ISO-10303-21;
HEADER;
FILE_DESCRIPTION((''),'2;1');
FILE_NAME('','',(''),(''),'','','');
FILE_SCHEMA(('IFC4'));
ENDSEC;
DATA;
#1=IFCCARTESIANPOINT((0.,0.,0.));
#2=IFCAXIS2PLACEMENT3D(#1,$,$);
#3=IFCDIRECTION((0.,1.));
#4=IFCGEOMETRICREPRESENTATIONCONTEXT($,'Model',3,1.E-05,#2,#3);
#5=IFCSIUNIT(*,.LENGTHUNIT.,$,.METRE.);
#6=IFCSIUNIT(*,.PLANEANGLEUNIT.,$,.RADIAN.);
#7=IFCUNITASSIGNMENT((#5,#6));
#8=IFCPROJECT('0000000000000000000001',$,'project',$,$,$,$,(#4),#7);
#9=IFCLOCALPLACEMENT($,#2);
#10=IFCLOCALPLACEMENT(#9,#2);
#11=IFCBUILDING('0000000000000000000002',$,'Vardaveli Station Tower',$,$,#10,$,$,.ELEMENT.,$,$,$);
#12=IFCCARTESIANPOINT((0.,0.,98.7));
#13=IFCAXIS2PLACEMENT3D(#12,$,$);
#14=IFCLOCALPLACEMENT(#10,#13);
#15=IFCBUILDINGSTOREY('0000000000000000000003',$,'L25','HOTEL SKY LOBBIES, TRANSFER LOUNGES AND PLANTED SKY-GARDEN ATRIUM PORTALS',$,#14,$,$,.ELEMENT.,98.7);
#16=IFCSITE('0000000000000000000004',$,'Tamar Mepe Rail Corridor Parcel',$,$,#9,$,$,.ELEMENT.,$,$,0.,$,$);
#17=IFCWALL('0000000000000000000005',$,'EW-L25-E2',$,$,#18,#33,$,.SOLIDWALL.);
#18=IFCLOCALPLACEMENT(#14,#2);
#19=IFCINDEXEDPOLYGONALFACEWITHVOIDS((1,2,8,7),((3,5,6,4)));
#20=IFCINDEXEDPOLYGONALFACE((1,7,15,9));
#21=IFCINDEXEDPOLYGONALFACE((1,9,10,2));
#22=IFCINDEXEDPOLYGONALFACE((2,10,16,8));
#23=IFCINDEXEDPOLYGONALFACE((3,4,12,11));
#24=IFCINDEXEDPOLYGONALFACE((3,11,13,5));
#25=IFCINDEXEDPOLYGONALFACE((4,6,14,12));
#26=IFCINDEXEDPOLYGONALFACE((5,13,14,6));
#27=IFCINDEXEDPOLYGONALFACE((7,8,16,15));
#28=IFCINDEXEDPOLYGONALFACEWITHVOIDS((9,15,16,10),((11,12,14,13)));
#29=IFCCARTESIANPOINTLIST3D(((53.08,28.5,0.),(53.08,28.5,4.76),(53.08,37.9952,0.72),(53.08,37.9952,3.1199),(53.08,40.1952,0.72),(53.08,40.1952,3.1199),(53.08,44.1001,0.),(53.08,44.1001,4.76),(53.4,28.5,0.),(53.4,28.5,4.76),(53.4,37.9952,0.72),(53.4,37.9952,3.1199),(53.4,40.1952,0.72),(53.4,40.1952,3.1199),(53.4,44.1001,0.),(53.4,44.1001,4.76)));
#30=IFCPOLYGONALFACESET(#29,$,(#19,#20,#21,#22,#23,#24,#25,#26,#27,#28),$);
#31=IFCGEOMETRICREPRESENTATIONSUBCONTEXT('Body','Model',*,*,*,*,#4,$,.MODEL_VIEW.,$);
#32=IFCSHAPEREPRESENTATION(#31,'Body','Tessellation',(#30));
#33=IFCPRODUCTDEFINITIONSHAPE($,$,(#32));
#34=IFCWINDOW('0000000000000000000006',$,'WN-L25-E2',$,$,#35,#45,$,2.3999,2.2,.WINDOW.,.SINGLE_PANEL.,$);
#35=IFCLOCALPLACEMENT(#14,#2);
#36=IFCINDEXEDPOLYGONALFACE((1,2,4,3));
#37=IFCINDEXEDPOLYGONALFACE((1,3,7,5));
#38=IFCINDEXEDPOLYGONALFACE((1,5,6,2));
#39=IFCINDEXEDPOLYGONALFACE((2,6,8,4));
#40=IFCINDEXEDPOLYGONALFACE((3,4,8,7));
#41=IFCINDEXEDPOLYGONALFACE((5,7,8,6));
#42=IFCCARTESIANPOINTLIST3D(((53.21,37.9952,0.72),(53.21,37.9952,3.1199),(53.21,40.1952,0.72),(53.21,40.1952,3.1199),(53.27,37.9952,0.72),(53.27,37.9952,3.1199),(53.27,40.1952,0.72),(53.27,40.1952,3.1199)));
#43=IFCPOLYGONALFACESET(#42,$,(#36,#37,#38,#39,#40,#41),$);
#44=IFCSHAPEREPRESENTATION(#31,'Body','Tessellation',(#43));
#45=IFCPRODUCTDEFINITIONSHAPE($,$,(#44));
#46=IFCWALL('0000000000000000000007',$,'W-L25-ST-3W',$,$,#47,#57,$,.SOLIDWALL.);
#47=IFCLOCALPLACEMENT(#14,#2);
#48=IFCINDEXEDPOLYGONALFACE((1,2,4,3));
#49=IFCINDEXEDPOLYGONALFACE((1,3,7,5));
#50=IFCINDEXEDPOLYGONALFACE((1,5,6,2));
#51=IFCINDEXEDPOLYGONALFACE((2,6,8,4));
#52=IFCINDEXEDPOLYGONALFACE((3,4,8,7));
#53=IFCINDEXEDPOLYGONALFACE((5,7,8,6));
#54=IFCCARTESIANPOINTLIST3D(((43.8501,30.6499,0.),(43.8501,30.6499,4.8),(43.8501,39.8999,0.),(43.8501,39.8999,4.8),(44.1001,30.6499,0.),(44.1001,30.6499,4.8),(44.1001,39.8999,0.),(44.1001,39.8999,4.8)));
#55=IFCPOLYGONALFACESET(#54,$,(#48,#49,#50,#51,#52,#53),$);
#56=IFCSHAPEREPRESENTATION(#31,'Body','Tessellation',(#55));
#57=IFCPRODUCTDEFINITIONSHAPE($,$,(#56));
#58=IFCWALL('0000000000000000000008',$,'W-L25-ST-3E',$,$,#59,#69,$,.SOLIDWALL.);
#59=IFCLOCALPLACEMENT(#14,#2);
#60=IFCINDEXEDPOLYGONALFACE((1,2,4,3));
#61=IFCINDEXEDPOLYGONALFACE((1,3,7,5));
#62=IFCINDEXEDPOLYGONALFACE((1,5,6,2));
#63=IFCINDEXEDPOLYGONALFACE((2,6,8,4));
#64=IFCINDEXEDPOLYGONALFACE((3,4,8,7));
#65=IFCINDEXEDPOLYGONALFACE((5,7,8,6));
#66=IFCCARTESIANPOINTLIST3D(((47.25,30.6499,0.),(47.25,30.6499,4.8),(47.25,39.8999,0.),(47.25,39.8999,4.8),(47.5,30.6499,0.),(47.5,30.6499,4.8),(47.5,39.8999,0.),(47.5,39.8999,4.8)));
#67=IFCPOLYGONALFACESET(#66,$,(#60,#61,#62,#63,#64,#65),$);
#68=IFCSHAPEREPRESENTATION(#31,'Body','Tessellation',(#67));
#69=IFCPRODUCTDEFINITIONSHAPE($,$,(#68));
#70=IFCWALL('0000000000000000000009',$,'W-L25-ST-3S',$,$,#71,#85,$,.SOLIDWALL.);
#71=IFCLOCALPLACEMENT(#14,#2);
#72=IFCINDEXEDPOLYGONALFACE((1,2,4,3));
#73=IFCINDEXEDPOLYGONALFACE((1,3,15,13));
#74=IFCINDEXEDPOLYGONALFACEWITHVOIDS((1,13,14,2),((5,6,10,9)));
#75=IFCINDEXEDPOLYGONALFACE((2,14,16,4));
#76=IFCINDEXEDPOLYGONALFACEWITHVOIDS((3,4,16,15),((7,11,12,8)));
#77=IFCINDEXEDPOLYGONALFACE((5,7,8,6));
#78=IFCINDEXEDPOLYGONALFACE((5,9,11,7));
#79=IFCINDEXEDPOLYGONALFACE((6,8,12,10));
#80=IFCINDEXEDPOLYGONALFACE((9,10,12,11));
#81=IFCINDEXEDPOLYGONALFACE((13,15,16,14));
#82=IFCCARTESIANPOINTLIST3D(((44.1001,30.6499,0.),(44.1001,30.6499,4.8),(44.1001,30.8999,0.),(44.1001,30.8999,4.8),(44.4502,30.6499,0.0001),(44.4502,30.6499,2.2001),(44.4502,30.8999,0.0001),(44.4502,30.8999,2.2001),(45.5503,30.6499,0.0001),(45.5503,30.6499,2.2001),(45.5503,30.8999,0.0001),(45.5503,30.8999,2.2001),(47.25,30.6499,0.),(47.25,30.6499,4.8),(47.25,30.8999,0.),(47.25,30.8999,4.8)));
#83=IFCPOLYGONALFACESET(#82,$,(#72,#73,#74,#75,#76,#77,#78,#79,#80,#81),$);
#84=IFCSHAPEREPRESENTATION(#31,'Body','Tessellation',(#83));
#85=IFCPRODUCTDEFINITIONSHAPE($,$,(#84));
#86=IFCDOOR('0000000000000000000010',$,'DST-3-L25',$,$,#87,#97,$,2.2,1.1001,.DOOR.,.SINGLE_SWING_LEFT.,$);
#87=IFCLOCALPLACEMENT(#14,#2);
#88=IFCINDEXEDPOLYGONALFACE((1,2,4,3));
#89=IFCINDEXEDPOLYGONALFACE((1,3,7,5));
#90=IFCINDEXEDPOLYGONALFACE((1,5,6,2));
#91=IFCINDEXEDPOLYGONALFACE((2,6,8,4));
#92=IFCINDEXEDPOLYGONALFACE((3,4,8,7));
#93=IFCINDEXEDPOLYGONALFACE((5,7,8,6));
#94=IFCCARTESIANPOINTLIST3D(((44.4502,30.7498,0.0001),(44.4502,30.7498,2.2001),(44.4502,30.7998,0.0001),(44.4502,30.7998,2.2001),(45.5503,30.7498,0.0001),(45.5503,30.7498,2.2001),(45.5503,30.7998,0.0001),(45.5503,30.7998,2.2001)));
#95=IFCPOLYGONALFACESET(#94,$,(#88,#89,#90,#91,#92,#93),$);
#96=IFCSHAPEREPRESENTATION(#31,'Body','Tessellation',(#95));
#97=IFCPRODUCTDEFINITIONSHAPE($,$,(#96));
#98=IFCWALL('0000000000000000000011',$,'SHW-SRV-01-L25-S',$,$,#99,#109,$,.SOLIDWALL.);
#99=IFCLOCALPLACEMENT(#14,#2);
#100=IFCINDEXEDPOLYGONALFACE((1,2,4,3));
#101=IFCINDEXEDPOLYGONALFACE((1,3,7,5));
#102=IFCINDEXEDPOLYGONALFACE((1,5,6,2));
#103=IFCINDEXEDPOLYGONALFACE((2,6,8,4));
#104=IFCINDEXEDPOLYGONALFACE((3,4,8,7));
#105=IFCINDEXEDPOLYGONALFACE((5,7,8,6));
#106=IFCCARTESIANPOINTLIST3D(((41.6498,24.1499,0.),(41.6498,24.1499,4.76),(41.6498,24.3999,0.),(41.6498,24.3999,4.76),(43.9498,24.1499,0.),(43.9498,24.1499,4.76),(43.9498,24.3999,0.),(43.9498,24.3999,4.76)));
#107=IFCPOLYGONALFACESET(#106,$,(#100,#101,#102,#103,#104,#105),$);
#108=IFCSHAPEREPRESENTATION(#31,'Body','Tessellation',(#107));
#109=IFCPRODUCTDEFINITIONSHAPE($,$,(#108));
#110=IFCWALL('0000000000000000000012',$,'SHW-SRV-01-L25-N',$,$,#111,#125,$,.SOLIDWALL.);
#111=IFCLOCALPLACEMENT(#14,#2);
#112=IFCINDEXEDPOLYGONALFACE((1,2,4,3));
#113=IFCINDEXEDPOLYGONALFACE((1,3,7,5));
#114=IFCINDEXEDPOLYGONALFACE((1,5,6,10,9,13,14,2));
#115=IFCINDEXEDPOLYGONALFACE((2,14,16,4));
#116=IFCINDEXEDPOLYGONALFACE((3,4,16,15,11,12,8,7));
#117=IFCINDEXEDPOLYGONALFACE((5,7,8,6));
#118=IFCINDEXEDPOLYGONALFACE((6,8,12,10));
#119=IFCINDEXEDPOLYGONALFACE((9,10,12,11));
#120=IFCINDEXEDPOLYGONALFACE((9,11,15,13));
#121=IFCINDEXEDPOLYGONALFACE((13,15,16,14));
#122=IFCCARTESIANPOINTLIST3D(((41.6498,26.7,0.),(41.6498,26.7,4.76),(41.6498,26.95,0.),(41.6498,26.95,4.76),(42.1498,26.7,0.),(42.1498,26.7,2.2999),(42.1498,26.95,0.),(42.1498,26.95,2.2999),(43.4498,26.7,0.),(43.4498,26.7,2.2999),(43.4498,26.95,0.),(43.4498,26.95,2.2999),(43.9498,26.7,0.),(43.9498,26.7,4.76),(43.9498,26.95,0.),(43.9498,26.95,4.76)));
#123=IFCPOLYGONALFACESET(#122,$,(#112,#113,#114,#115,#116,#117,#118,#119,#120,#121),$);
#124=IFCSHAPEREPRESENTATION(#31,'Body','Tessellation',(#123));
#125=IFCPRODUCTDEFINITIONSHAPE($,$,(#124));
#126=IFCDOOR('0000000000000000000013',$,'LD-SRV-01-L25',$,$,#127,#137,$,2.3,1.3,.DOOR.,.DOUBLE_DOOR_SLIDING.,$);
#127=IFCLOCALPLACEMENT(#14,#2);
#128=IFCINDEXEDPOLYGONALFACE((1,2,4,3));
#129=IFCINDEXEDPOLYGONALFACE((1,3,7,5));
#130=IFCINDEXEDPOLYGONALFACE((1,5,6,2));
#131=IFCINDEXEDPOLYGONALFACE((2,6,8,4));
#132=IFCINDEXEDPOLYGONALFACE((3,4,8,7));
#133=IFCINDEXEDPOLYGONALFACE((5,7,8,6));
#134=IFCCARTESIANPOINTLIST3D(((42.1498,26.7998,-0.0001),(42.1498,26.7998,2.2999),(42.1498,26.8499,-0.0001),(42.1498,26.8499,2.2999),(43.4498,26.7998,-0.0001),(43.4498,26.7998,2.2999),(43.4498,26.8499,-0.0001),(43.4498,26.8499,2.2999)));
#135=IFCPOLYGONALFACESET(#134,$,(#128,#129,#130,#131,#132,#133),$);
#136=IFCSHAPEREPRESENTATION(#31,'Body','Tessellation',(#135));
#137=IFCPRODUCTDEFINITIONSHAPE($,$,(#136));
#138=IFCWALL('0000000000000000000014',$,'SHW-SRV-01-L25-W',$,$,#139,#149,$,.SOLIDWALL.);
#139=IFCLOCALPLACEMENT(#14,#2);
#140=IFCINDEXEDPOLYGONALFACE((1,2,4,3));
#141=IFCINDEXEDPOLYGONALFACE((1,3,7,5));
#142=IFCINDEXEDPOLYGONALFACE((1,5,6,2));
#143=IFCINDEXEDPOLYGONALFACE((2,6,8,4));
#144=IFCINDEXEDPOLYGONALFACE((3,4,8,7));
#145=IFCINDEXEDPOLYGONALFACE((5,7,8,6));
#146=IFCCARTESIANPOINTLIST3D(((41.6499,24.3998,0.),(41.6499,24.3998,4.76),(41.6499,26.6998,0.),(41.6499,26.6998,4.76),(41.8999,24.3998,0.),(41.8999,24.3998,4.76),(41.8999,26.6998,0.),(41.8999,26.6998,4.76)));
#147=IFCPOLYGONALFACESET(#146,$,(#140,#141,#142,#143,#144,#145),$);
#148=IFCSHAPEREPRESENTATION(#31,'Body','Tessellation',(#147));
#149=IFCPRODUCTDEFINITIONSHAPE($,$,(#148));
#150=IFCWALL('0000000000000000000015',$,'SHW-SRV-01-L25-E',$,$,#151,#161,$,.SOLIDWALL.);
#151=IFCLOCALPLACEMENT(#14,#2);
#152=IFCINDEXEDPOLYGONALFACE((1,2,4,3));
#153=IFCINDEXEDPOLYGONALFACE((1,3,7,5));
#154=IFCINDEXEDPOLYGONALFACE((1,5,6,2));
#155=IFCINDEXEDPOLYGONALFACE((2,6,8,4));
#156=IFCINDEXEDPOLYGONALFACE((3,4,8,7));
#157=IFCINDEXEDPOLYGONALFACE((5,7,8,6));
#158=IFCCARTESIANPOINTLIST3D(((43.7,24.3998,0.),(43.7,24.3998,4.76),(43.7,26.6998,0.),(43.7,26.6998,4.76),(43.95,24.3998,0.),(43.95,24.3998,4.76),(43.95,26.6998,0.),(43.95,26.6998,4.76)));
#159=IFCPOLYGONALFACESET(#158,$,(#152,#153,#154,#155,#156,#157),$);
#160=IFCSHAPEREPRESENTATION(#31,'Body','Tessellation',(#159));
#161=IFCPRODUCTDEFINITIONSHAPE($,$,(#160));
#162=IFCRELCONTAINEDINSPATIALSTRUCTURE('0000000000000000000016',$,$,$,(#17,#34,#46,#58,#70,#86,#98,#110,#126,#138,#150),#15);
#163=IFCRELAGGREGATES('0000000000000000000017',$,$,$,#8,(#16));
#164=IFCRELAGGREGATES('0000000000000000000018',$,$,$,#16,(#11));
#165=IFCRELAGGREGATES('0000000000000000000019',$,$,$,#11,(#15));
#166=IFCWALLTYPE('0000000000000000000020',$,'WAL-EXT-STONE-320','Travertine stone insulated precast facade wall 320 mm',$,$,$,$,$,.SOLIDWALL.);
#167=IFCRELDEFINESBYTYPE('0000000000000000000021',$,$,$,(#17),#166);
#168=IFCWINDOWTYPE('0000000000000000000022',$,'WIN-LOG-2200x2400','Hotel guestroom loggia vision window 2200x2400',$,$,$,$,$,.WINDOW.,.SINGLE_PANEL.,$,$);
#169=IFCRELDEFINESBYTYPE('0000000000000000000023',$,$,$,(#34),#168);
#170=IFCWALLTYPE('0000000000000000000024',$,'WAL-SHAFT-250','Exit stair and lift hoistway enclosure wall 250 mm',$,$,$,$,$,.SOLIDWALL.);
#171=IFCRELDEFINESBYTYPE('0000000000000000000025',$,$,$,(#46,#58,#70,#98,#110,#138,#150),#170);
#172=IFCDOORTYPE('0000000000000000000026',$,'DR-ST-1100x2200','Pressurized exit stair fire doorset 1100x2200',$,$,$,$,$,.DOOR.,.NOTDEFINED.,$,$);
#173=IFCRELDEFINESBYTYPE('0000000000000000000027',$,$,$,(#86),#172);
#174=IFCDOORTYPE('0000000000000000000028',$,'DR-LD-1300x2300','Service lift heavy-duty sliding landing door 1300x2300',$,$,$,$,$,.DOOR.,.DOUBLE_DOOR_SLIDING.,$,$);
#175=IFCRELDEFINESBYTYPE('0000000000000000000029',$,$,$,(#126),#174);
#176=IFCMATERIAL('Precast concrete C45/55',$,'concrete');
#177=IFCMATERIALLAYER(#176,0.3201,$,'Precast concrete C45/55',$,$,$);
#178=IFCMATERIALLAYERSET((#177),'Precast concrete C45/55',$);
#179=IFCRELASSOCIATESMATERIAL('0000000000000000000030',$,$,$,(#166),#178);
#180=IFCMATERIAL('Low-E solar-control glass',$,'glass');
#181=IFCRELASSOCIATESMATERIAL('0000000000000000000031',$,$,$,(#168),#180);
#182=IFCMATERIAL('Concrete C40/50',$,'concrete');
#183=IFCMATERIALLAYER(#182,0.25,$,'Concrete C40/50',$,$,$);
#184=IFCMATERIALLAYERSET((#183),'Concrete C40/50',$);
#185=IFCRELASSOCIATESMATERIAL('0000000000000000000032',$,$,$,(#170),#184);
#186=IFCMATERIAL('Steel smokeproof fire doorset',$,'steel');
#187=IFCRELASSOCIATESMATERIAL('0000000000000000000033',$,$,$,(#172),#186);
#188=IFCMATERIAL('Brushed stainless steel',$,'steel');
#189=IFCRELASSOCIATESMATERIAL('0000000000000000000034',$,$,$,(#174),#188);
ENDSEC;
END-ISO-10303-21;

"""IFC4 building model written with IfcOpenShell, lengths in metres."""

from ifc_helpers import new_model, si_unit, direction, frame, frame_2d, origin, place, context, subcontext, project, spatial, rectangle, extrude, source, transform, mapped, material, layer, layer_set, type_object, element, fill, save


model = new_model("IFC4")

# Units and contexts
model_context = context("Model", 3, precision=1e-05, world=origin(), true_north=direction((0.0, 1.0)))
body_context = subcontext(model_context, "Body", "Model", "MODEL_VIEW")
ifc_project = project(units=[si_unit("LENGTHUNIT", "METRE"), si_unit("PLANEANGLEUNIT", "RADIAN")], contexts=[model_context])

# Site, building, storey
site_placement = place(None, origin())
site = spatial("IfcSite", under=ifc_project, at=site_placement, Name="Tamar Mepe Rail Corridor Parcel", CompositionType="ELEMENT", RefElevation=0.0)
building_placement = place(site_placement, origin())
building = spatial("IfcBuilding", under=site, at=building_placement, Name="Vardaveli Station Tower", CompositionType="ELEMENT")
storey_placement = place(building_placement, frame((0.0, 0.0, 98.7)))
storey = spatial("IfcBuildingStorey", under=building, at=storey_placement, Name="L25", Description="HOTEL SKY LOBBIES, TRANSFER LOUNGES AND PLANTED SKY-GARDEN ATRIUM PORTALS", CompositionType="ELEMENT", Elevation=98.7)

# Wall, opening, window
ifc_material_1 = material(Name="Precast concrete C45/55", Category="concrete")
ifc_layer_1 = layer(ifc_material_1, 0.3201, Name="Precast concrete C45/55")
ifc_layer_set_1 = layer_set([ifc_layer_1], Name="Precast concrete C45/55")
wall_type_1 = type_object("IfcWallType", Name="WAL-EXT-STONE-320", Description="Travertine stone insulated precast facade wall 320 mm", PredefinedType="SOLIDWALL", material=ifc_layer_set_1)
shared_shape_1 = source(origin(), body_context, "Body", "SweptSolid", [
    extrude(rectangle(XDim=15.6001, YDim=0.3201, at=frame_2d((7.8, 0.0))), origin(), (0.0, 0.0, 1.0), 4.76),
])
wall_1_placement = place(storey_placement, frame((53.24, 28.5, 0.0), z_axis=(0.0, 0.0, 1.0), x_axis=(0.0, 1.0, 0.0)))
wall_1 = element("IfcWall", 1, at=wall_1_placement, inside=storey, type_object=wall_type_1, Name="EW-L25-E2", PredefinedType="SOLIDWALL", context=body_context, shape_type="MappedRepresentation", body=[
    mapped(shared_shape_1, transform((0.0, 0.0, 0.0), scale=1.0)),
])
shared_shape_2 = source(origin(), body_context, "Body", "SweptSolid", [
    extrude(rectangle(XDim=2.2, YDim=2.3999, at=frame_2d((1.1001, 1.2))), frame((0.0, 0.1699, 0.0), z_axis=(0.0, -1.0, 0.0), x_axis=(1.0, 0.0, 0.0)), (0.0, 0.0, 1.0), 0.3401),
])
opening_1_placement = place(wall_1_placement, frame((9.4951, 0.0, 0.72)))
opening_1 = element("IfcOpeningElement", 2, at=opening_1_placement, cuts=wall_1, PredefinedType="OPENING", context=body_context, shape_type="MappedRepresentation", body=[
    mapped(shared_shape_2, transform((0.0, 0.0, 0.0), scale=1.0)),
])
ifc_material_2 = material(Name="Low-E solar-control glass", Category="glass")
window_type = type_object("IfcWindowType", Name="WIN-LOG-2200x2400", Description="Hotel guestroom loggia vision window 2200x2400", PartitioningType="SINGLE_PANEL", PredefinedType="WINDOW", material=ifc_material_2)
shared_shape_3 = source(origin(), body_context, "Body", "SweptSolid", [
    extrude(rectangle(XDim=2.2, YDim=2.3999, at=frame_2d((1.1001, 1.2))), frame((0.0, 0.03, 0.0), z_axis=(0.0, -1.0, 0.0), x_axis=(1.0, 0.0, 0.0)), (0.0, 0.0, 1.0), 0.0601),
])
window_placement = place(opening_1_placement, origin())
window = element("IfcWindow", 3, at=window_placement, inside=storey, type_object=window_type, Name="WN-L25-E2", OverallHeight=2.3999, OverallWidth=2.2, PartitioningType="SINGLE_PANEL", PredefinedType="WINDOW", context=body_context, shape_type="MappedRepresentation", body=[
    mapped(shared_shape_3, transform((0.0, 0.0, 0.0), scale=1.0)),
])
fill(opening_1, window)

# Walls
ifc_material_3 = material(Name="Concrete C40/50", Category="concrete")
ifc_layer_2 = layer(ifc_material_3, 0.25, Name="Concrete C40/50")
ifc_layer_set_2 = layer_set([ifc_layer_2], Name="Concrete C40/50")
wall_type_2 = type_object("IfcWallType", Name="WAL-SHAFT-250", Description="Exit stair and lift hoistway enclosure wall 250 mm", PredefinedType="SOLIDWALL", material=ifc_layer_set_2)
shared_shape_4 = source(origin(), body_context, "Body", "SweptSolid", [
    extrude(rectangle(XDim=9.25, YDim=0.25, at=frame_2d((4.625, 0.0))), origin(), (0.0, 0.0, 1.0), 4.8),
])
for number, where, z_axis, x_axis, name in (
    (4, (43.9751, 30.6499, 0.0), (0.0, 0.0, 1.0), (0.0, 1.0, 0.0), "W-L25-ST-3W"),
    (5, (47.375, 30.6499, 0.0), (0.0, 0.0, 1.0), (0.0, 1.0, 0.0), "W-L25-ST-3E"),
):
    element("IfcWall", number, at=place(storey_placement, frame(where, z_axis=z_axis, x_axis=x_axis)), inside=storey, type_object=wall_type_2, Name=name, PredefinedType="SOLIDWALL", context=body_context, shape_type="MappedRepresentation", body=[
        mapped(shared_shape_4, transform((0.0, 0.0, 0.0), scale=1.0)),
    ])

# Wall, opening, door
shared_shape_5 = source(origin(), body_context, "Body", "SweptSolid", [
    extrude(rectangle(XDim=3.1499, YDim=0.25, at=frame_2d((1.575, 0.0))), origin(), (0.0, 0.0, 1.0), 4.8),
])
wall_2_placement = place(storey_placement, frame((44.1001, 30.7749, 0.0), z_axis=(0.0, 0.0, 1.0), x_axis=(1.0, 0.0, 0.0)))
wall_2 = element("IfcWall", 6, at=wall_2_placement, inside=storey, type_object=wall_type_2, Name="W-L25-ST-3S", PredefinedType="SOLIDWALL", context=body_context, shape_type="MappedRepresentation", body=[
    mapped(shared_shape_5, transform((0.0, 0.0, 0.0), scale=1.0)),
])
shared_shape_6 = source(origin(), body_context, "Body", "SweptSolid", [
    extrude(rectangle(XDim=1.1001, YDim=2.2, at=frame_2d((0.55, 1.1001))), frame((0.0, 0.135, 0.0), z_axis=(0.0, -1.0, 0.0), x_axis=(1.0, 0.0, 0.0)), (0.0, 0.0, 1.0), 0.27),
])
opening_2_placement = place(wall_2_placement, frame((0.3501, 0.0, 0.0)))
opening_2 = element("IfcOpeningElement", 7, at=opening_2_placement, cuts=wall_2, PredefinedType="OPENING", context=body_context, shape_type="MappedRepresentation", body=[
    mapped(shared_shape_6, transform((0.0, 0.0, 0.0), scale=1.0)),
])
ifc_material_4 = material(Name="Steel smokeproof fire doorset", Category="steel")
door_type_1 = type_object("IfcDoorType", Name="DR-ST-1100x2200", Description="Pressurized exit stair fire doorset 1100x2200", OperationType="NOTDEFINED", PredefinedType="DOOR", material=ifc_material_4)
shared_shape_7 = source(origin(), body_context, "Body", "SweptSolid", [
    extrude(rectangle(XDim=1.1001, YDim=2.2, at=frame_2d((0.55, 1.1001))), frame((0.0, 0.0249, 0.0), z_axis=(0.0, -1.0, 0.0), x_axis=(1.0, 0.0, 0.0)), (0.0, 0.0, 1.0), 0.05),
])
door_1_placement = place(opening_2_placement, origin())
door_1 = element("IfcDoor", 8, at=door_1_placement, inside=storey, type_object=door_type_1, Name="DST-3-L25", OperationType="SINGLE_SWING_LEFT", OverallHeight=2.2, OverallWidth=1.1001, PredefinedType="DOOR", context=body_context, shape_type="MappedRepresentation", body=[
    mapped(shared_shape_7, transform((0.0, 0.0, 0.0), scale=1.0)),
])
fill(opening_2, door_1)

# Wall
shared_shape_8 = source(origin(), body_context, "Body", "SweptSolid", [
    extrude(rectangle(XDim=2.3, YDim=0.25, at=frame_2d((1.1499, 0.0))), origin(), (0.0, 0.0, 1.0), 4.76),
])
wall_3_placement = place(storey_placement, frame((41.6499, 24.2749, 0.0), z_axis=(0.0, 0.0, 1.0), x_axis=(1.0, 0.0, 0.0)))
element("IfcWall", 9, at=wall_3_placement, inside=storey, type_object=wall_type_2, Name="SHW-SRV-01-L25-S", PredefinedType="SOLIDWALL", context=body_context, shape_type="MappedRepresentation", body=[
    mapped(shared_shape_8, transform((0.0, 0.0, 0.0), scale=1.0)),
])

# Wall, opening, door
wall_4_placement = place(storey_placement, frame((41.6499, 26.825, 0.0), z_axis=(0.0, 0.0, 1.0), x_axis=(1.0, 0.0, 0.0)))
wall_4 = element("IfcWall", 10, at=wall_4_placement, inside=storey, type_object=wall_type_2, Name="SHW-SRV-01-L25-N", PredefinedType="SOLIDWALL", context=body_context, shape_type="MappedRepresentation", body=[
    mapped(shared_shape_8, transform((0.0, 0.0, 0.0), scale=1.0)),
])
shared_shape_9 = source(origin(), body_context, "Body", "SweptSolid", [
    extrude(rectangle(XDim=1.3, YDim=2.3, at=frame_2d((0.6499, 1.1499))), frame((0.0, 0.135, 0.0), z_axis=(0.0, -1.0, 0.0), x_axis=(1.0, 0.0, 0.0)), (0.0, 0.0, 1.0), 0.27),
])
opening_3_placement = place(wall_4_placement, frame((0.5, 0.0, 0.0)))
opening_3 = element("IfcOpeningElement", 11, at=opening_3_placement, cuts=wall_4, PredefinedType="OPENING", context=body_context, shape_type="MappedRepresentation", body=[
    mapped(shared_shape_9, transform((0.0, 0.0, 0.0), scale=1.0)),
])
ifc_material_5 = material(Name="Brushed stainless steel", Category="steel")
door_type_2 = type_object("IfcDoorType", Name="DR-LD-1300x2300", Description="Service lift heavy-duty sliding landing door 1300x2300", OperationType="DOUBLE_DOOR_SLIDING", PredefinedType="DOOR", material=ifc_material_5)
shared_shape_10 = source(origin(), body_context, "Body", "SweptSolid", [
    extrude(rectangle(XDim=1.3, YDim=2.3, at=frame_2d((0.6499, 1.1499))), frame((0.0, 0.0249, 0.0), z_axis=(0.0, -1.0, 0.0), x_axis=(1.0, 0.0, 0.0)), (0.0, 0.0, 1.0), 0.05),
])
door_2_placement = place(opening_3_placement, origin())
door_2 = element("IfcDoor", 12, at=door_2_placement, inside=storey, type_object=door_type_2, Name="LD-SRV-01-L25", OperationType="DOUBLE_DOOR_SLIDING", OverallHeight=2.3, OverallWidth=1.3, PredefinedType="DOOR", context=body_context, shape_type="MappedRepresentation", body=[
    mapped(shared_shape_10, transform((0.0, 0.0, 0.0), scale=1.0)),
])
fill(opening_3, door_2)

# Walls
for number, where, z_axis, x_axis, name in (
    (13, (41.7749, 24.3999, 0.0), (0.0, 0.0, 1.0), (0.0, 1.0, 0.0), "SHW-SRV-01-L25-W"),
    (14, (43.825, 24.3999, 0.0), (0.0, 0.0, 1.0), (0.0, 1.0, 0.0), "SHW-SRV-01-L25-E"),
):
    element("IfcWall", number, at=place(storey_placement, frame(where, z_axis=z_axis, x_axis=x_axis)), inside=storey, type_object=wall_type_2, Name=name, PredefinedType="SOLIDWALL", context=body_context, shape_type="MappedRepresentation", body=[
        mapped(shared_shape_8, transform((0.0, 0.0, 0.0), scale=1.0)),
    ])

save(model, "model.ifc")
